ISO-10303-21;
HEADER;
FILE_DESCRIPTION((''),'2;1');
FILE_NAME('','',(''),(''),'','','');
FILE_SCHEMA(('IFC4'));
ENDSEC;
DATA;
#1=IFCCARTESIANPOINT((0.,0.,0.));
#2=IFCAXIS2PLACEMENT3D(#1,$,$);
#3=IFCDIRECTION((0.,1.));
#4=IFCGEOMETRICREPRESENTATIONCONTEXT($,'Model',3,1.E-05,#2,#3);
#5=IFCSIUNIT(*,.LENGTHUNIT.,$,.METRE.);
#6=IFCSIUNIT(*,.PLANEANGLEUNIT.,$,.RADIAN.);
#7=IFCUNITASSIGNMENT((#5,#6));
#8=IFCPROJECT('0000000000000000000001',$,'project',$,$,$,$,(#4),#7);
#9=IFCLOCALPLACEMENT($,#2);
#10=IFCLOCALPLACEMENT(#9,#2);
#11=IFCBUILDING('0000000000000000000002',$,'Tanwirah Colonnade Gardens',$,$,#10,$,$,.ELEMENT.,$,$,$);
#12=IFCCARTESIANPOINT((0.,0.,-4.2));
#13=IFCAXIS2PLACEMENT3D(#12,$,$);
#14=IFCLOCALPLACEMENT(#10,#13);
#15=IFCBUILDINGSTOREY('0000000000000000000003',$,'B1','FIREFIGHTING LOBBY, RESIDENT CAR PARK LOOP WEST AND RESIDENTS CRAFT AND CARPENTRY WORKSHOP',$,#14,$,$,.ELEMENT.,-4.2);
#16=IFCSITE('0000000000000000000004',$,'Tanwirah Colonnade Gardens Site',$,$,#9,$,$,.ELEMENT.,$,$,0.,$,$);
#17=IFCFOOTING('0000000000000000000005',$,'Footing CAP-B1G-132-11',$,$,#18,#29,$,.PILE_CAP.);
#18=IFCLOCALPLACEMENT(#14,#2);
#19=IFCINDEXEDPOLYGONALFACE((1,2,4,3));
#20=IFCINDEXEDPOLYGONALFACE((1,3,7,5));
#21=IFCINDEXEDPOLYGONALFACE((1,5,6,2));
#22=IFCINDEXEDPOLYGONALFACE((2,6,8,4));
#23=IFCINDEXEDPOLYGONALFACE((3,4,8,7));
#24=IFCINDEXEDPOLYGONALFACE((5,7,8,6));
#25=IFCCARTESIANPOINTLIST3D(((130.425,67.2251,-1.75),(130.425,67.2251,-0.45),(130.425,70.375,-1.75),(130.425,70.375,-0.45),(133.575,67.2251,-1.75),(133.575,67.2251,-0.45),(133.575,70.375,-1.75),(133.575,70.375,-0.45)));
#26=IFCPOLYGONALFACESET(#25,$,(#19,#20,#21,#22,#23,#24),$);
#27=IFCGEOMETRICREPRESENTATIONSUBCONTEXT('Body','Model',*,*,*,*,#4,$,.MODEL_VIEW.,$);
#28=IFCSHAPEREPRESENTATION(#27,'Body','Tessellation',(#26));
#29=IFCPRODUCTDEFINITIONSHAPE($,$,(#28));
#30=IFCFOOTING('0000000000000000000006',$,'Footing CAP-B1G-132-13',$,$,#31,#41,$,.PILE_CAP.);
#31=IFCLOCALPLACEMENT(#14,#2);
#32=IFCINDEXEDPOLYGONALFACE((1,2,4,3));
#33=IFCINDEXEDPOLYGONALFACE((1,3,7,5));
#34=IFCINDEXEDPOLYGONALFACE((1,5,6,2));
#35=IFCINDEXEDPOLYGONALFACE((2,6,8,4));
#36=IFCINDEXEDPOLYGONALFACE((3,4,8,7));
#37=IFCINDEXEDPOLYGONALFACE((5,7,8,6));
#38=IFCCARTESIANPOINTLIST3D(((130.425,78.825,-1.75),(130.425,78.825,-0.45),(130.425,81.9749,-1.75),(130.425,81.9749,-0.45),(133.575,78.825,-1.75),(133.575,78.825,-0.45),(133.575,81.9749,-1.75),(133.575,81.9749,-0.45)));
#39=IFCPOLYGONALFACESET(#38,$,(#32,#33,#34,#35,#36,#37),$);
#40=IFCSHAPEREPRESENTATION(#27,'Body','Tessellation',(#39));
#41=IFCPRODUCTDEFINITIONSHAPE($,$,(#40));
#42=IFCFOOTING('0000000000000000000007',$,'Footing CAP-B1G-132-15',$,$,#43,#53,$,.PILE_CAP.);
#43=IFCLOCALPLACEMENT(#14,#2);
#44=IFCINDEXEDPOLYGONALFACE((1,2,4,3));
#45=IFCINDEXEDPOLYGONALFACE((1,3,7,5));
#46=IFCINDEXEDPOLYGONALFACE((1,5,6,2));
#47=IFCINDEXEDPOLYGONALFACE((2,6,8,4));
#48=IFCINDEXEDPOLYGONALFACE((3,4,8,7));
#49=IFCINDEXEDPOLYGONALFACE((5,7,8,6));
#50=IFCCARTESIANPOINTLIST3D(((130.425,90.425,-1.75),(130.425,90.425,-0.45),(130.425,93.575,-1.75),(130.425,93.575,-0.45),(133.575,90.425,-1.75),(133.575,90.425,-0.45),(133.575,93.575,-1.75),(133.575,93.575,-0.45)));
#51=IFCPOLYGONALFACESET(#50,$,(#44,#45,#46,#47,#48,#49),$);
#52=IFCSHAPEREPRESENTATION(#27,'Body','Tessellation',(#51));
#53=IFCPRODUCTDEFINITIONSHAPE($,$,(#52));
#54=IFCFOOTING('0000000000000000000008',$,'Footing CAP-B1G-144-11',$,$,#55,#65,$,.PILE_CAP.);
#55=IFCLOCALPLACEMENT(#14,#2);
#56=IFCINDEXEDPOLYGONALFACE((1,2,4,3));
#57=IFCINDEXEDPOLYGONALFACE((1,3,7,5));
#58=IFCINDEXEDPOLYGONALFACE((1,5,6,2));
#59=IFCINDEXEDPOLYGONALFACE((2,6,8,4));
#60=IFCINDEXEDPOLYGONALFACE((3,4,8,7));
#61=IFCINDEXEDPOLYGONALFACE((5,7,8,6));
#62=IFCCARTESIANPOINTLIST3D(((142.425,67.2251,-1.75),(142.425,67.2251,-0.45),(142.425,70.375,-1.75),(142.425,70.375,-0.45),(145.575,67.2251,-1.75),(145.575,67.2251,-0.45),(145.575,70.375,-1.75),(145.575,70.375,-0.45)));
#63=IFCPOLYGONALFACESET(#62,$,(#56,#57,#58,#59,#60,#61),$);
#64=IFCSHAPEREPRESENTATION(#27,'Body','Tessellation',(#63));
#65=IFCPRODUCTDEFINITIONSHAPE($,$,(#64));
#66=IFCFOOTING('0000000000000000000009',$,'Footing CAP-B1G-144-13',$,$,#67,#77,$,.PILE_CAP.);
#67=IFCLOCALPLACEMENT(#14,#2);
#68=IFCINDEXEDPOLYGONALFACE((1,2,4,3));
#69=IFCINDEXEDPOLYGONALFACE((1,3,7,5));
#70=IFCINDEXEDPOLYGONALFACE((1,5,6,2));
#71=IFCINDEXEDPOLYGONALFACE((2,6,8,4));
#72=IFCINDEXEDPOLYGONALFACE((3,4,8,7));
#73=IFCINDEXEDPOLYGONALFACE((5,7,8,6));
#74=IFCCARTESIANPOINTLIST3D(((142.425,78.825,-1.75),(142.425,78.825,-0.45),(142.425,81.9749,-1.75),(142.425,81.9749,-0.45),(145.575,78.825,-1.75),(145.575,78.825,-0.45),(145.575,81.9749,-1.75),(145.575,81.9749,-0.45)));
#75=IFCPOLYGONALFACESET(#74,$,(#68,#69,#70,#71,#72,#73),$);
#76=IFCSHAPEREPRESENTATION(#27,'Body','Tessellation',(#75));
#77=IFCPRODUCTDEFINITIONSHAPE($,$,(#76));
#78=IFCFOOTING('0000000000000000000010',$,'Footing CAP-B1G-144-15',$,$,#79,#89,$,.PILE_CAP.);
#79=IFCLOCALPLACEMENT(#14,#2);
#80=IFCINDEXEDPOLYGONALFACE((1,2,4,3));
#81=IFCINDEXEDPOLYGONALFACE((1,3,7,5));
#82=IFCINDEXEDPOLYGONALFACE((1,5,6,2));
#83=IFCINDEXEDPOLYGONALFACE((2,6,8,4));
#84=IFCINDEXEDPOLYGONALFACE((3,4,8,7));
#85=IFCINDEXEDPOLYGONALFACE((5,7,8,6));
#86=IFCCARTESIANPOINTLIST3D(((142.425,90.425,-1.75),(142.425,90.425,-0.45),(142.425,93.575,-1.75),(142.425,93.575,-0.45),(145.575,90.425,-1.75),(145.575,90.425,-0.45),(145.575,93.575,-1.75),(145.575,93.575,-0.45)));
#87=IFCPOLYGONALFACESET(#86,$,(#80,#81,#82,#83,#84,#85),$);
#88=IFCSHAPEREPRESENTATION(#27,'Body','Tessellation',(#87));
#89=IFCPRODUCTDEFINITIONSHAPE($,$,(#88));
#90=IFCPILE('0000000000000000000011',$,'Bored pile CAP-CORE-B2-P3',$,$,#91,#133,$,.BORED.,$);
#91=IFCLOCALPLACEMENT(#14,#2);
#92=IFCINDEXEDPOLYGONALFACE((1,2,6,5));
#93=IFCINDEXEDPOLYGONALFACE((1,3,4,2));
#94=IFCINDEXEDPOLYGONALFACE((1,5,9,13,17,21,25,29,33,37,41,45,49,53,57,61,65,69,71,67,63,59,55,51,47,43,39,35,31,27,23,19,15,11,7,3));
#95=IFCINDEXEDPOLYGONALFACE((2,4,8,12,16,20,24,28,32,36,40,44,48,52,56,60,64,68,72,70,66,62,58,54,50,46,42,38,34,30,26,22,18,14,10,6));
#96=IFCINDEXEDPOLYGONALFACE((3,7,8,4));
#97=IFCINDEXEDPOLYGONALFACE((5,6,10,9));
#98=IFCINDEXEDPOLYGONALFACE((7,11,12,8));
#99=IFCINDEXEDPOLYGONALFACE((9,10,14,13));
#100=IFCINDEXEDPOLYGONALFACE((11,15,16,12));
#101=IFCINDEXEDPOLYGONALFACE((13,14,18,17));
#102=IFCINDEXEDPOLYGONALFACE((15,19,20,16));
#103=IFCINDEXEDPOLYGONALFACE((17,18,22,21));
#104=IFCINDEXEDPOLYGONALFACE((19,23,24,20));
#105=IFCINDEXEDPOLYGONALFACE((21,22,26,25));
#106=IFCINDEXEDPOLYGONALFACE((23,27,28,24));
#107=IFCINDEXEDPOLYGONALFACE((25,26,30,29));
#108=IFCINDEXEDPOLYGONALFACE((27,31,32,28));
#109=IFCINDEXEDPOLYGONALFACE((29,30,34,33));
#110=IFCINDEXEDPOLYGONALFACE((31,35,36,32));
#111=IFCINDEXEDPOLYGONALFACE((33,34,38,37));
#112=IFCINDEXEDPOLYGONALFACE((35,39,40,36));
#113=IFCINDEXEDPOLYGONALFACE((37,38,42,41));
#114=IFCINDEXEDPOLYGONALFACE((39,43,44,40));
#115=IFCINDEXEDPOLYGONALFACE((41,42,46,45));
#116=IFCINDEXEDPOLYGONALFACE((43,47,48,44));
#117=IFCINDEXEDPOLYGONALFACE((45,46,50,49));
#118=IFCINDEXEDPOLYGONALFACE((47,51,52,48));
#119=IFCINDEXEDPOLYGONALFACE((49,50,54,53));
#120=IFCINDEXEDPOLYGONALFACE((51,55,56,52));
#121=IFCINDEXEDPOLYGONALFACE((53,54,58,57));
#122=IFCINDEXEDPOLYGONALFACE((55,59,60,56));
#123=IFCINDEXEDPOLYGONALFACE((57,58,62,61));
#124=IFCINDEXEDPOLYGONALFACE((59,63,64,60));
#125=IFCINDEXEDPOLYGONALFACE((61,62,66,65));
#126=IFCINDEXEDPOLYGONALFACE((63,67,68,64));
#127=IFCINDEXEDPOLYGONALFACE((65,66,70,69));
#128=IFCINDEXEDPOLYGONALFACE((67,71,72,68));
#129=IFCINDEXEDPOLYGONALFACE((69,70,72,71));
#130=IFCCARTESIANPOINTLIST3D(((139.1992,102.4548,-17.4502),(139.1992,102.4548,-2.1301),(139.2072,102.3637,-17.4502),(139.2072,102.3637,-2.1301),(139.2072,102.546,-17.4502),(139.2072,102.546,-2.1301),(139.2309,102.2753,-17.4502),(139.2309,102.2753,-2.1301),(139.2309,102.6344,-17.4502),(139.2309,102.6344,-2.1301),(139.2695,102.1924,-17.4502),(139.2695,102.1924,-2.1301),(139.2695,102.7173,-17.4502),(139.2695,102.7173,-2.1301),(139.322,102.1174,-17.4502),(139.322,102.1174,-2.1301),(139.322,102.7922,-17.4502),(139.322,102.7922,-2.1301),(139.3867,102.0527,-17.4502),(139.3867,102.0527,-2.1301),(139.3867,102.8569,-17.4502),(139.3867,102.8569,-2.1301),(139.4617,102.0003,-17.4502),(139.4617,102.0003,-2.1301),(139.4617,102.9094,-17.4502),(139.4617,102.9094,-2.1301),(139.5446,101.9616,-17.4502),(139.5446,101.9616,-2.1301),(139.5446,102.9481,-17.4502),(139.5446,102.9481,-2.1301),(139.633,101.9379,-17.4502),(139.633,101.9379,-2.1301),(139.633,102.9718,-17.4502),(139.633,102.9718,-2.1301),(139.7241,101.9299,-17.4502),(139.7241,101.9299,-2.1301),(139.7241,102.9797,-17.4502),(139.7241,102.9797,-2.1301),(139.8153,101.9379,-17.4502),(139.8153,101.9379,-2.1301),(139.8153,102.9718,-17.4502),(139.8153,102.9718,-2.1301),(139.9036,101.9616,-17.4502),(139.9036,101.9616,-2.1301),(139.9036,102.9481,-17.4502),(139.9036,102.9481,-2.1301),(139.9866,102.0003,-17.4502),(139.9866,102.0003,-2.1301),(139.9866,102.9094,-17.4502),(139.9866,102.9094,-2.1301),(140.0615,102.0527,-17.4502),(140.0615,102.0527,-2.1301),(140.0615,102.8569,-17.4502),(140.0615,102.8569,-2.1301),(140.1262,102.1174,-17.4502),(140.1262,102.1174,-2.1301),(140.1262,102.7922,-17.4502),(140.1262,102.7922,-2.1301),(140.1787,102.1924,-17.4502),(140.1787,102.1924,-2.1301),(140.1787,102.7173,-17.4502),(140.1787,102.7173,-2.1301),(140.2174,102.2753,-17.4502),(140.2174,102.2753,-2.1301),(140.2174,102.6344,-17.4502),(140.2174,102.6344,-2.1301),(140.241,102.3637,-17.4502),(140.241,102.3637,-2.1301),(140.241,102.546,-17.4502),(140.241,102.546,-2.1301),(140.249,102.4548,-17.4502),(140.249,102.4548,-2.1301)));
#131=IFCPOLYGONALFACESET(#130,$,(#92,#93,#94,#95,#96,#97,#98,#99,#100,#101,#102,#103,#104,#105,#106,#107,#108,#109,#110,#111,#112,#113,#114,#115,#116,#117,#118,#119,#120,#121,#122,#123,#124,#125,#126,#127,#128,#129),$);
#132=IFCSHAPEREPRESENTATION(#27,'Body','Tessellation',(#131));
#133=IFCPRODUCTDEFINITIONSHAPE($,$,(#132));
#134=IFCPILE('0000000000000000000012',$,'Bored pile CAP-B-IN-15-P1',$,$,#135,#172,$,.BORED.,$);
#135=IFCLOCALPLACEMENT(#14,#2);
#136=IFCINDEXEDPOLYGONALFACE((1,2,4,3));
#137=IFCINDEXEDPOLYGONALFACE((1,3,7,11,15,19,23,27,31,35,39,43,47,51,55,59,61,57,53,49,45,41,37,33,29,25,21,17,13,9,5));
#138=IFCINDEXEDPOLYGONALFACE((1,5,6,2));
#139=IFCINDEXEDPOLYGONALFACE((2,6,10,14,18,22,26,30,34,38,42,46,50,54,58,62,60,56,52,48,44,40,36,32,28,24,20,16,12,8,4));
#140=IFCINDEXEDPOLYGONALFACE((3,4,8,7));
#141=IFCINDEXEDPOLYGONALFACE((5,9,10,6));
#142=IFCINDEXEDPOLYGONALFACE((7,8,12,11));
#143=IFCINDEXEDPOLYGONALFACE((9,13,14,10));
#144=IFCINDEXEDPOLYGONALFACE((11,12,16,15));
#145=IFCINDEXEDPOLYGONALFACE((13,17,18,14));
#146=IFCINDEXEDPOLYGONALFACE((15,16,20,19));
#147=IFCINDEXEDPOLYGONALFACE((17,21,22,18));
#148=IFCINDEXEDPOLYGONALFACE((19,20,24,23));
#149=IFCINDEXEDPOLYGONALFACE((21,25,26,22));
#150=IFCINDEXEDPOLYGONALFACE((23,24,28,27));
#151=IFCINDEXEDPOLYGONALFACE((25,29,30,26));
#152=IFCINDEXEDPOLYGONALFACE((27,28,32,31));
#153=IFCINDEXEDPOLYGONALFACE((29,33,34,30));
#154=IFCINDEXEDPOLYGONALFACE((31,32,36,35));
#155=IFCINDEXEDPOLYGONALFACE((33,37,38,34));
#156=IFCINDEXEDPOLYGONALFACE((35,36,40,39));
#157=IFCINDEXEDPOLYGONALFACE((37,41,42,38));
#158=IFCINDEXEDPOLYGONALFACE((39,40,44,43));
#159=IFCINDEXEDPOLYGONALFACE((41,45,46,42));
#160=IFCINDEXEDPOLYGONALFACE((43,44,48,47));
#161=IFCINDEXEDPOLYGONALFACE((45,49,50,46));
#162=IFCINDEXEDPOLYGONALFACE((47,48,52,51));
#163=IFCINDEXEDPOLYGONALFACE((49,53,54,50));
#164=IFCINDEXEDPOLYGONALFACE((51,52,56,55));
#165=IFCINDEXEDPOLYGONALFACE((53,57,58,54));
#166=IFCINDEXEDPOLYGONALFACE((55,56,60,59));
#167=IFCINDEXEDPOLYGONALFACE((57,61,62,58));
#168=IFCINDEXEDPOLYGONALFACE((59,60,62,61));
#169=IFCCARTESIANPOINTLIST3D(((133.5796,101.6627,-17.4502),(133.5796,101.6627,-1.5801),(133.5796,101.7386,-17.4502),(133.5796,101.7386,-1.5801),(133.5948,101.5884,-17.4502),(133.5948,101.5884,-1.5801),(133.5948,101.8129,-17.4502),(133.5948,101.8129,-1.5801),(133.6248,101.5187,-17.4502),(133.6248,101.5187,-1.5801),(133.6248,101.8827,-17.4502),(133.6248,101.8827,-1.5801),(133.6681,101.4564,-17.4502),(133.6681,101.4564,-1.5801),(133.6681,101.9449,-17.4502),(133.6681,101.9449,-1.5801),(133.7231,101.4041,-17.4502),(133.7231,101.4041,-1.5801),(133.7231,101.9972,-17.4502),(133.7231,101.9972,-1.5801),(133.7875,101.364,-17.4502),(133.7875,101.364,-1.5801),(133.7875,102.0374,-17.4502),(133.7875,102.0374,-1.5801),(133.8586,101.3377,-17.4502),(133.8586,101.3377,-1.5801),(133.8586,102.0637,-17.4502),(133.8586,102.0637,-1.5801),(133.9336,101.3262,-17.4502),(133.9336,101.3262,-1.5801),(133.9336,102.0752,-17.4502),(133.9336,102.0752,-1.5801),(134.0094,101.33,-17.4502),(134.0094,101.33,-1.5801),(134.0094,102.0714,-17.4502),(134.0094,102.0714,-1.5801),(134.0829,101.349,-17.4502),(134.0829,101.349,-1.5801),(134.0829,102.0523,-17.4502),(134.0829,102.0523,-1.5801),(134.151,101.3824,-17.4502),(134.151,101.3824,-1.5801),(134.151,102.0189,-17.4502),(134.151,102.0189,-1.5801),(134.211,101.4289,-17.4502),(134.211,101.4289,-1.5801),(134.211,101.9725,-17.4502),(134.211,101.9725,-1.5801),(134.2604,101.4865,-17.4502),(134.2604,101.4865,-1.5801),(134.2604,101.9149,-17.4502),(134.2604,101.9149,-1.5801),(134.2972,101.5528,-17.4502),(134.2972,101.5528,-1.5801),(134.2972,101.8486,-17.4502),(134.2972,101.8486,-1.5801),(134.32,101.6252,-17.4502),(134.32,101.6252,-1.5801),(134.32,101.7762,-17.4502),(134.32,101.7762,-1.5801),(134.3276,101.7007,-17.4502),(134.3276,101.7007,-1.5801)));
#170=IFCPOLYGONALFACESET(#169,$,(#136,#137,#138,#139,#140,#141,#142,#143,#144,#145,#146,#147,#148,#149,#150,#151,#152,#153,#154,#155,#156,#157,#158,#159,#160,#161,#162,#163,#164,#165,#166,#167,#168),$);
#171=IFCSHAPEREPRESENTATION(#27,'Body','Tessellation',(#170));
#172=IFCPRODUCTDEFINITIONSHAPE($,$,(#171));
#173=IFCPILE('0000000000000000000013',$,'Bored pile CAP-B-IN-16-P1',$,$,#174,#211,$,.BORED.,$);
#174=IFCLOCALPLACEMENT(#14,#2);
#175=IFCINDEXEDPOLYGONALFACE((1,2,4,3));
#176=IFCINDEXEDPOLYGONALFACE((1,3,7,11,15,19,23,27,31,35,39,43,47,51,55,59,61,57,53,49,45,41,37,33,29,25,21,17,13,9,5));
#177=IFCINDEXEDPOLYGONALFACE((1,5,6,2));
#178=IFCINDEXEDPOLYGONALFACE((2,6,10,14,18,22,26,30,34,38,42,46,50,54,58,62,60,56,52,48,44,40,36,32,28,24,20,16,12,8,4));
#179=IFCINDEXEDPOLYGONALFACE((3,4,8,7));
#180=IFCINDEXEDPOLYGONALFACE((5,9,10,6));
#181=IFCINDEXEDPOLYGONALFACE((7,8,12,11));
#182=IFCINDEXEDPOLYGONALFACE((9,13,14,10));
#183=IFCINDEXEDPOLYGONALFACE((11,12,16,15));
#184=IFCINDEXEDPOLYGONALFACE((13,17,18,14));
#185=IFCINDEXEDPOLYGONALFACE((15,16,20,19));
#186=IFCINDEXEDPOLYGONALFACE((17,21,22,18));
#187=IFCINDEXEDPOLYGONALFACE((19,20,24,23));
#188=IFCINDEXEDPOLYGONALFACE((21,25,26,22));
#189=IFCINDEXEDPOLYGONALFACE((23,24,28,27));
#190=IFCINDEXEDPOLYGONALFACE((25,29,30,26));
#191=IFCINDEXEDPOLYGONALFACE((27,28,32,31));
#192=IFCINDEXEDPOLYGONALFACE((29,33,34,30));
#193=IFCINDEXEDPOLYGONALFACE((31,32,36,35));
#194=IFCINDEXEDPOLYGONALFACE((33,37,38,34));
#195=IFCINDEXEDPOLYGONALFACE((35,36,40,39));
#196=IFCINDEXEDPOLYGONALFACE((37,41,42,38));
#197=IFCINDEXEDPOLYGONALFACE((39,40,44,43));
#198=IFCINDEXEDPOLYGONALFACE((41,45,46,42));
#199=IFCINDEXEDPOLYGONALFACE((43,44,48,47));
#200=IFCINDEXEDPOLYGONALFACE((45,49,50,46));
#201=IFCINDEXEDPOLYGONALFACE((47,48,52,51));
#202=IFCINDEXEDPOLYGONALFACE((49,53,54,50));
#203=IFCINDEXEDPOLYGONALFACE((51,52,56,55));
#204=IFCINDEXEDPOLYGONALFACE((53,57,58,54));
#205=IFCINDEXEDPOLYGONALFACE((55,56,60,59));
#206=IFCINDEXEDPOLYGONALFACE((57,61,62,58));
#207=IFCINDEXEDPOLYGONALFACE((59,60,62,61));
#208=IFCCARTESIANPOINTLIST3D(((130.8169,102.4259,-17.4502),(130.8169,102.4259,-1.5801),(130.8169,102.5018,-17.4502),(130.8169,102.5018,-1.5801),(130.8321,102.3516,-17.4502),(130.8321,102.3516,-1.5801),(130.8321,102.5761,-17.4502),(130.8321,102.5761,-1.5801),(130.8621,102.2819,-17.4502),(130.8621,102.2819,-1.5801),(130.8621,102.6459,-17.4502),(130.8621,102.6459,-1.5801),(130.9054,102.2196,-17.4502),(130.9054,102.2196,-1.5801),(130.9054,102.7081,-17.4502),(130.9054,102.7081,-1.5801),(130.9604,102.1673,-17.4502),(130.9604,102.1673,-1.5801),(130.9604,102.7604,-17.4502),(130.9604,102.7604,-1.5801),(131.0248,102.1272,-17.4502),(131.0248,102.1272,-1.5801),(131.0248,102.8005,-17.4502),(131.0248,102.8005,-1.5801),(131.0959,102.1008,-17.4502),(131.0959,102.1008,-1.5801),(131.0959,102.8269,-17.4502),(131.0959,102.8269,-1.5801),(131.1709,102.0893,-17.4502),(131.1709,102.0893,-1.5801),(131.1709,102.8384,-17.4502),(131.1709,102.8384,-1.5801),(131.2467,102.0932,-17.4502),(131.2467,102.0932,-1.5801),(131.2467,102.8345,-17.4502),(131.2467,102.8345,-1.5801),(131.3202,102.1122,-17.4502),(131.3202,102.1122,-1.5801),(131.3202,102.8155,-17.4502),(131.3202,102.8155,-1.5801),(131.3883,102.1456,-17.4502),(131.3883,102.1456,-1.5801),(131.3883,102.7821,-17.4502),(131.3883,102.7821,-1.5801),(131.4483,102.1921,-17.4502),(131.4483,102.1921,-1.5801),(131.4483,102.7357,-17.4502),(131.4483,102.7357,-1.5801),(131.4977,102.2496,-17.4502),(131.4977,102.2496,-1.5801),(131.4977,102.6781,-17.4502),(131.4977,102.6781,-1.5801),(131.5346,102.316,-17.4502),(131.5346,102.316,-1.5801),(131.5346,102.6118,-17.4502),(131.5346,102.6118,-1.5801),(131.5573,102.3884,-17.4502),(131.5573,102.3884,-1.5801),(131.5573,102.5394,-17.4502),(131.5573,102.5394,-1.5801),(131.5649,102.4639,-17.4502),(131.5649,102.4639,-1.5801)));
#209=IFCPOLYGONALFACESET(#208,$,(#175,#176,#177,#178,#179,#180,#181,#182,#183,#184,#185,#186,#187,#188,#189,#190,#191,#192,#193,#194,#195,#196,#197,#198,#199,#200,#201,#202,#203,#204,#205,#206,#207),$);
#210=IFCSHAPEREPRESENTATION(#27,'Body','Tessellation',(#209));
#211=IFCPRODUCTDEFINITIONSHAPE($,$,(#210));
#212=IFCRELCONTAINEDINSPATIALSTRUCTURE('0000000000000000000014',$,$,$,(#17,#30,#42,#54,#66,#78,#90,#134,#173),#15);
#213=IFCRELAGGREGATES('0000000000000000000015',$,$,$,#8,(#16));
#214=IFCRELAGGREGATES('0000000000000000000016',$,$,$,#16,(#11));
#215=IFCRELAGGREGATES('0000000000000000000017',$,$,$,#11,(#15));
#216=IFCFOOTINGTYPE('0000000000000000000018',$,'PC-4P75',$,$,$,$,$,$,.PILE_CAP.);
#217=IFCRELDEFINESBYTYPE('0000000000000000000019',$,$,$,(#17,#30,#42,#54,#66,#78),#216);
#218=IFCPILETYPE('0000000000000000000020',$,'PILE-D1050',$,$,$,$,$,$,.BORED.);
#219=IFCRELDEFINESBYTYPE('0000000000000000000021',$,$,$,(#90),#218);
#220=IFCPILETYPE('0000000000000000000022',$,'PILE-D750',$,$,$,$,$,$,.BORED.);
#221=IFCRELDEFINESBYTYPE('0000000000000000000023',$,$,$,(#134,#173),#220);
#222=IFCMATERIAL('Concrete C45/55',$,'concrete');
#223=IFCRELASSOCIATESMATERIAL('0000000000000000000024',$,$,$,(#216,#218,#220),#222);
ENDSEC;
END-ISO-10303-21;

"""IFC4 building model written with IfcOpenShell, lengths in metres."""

from ifc_helpers import new_model, si_unit, direction, frame, origin, origin_2d, place, context, subcontext, project, spatial, rectangle, circle, extrude, material, material_profile, profile_set, type_object, element, save


model = new_model("IFC4")

# Units and contexts
model_context = context("Model", 3, precision=1e-05, world=origin(), true_north=direction((0.0, 1.0)))
body_context = subcontext(model_context, "Body", "Model", "MODEL_VIEW")
ifc_project = project(units=[si_unit("LENGTHUNIT", "METRE"), si_unit("PLANEANGLEUNIT", "RADIAN")], contexts=[model_context])

# Site, building, storey
site_placement = place(None, origin())
site = spatial("IfcSite", under=ifc_project, at=site_placement, Name="Tanwirah Colonnade Gardens Site", CompositionType="ELEMENT", RefElevation=0.0)
building_placement = place(site_placement, origin())
building = spatial("IfcBuilding", under=site, at=building_placement, Name="Tanwirah Colonnade Gardens", CompositionType="ELEMENT")
storey_placement = place(building_placement, frame((0.0, 0.0, -4.2)))
storey = spatial("IfcBuildingStorey", under=building, at=storey_placement, Name="B1", Description="FIREFIGHTING LOBBY, RESIDENT CAR PARK LOOP WEST AND RESIDENTS CRAFT AND CARPENTRY WORKSHOP", CompositionType="ELEMENT", Elevation=-4.2)

# Footings
ifc_material_1 = material(Name="Concrete C45/55", Category="concrete")
footing_type = type_object("IfcFootingType", Name="PC-4P75", PredefinedType="PILE_CAP", material=ifc_material_1)
for number, where, z_axis, x_axis, name in (
    (1, (132.0, 68.8, -1.75), (0.0, 0.0, 1.0), (1.0, 0.0, 0.0), "Footing CAP-B1G-132-11"),
    (2, (132.0, 80.3999, -1.75), (0.0, 0.0, 1.0), (1.0, 0.0, 0.0), "Footing CAP-B1G-132-13"),
    (3, (132.0, 92.0, -1.75), (0.0, 0.0, 1.0), (1.0, 0.0, 0.0), "Footing CAP-B1G-132-15"),
    (4, (144.0, 68.8, -1.75), (0.0, 0.0, 1.0), (1.0, 0.0, 0.0), "Footing CAP-B1G-144-11"),
    (5, (144.0, 80.3999, -1.75), (0.0, 0.0, 1.0), (1.0, 0.0, 0.0), "Footing CAP-B1G-144-13"),
    (6, (144.0, 92.0, -1.75), (0.0, 0.0, 1.0), (1.0, 0.0, 0.0), "Footing CAP-B1G-144-15"),
):
    element("IfcFooting", number, at=place(storey_placement, frame(where, z_axis=z_axis, x_axis=x_axis)), inside=storey, type_object=footing_type, Name=name, PredefinedType="PILE_CAP", context=body_context, shape_type="SweptSolid", body=[
        extrude(rectangle(XDim=3.1499, YDim=3.1499, at=origin_2d()), origin(), (0.0, 0.0, 1.0), 1.3),
    ])

# Piles
ifc_material_profile_1 = material_profile(ifc_material_1, circle(Radius=0.5249, at=origin_2d()), Name="PILE D1050")
ifc_profile_set_1 = profile_set([ifc_material_profile_1], Name="Concrete C45/55")
pile_type_1 = type_object("IfcPileType", Name="PILE-D1050", PredefinedType="BORED", material=ifc_profile_set_1)
pile_placement = place(storey_placement, frame((139.7241, 102.4548, -2.1301), z_axis=(0.0, 0.0, -1.0), x_axis=(1.0, 0.0, 0.0)))
element("IfcPile", 7, at=pile_placement, inside=storey, type_object=pile_type_1, Name="Bored pile CAP-CORE-B2-P3", PredefinedType="BORED", context=body_context, shape_type="SweptSolid", body=[
    extrude(circle(Radius=0.5249, at=origin_2d()), origin(), (0.0, 0.0, 1.0), 15.3201),
])
ifc_material_profile_2 = material_profile(ifc_material_1, circle(Radius=0.375, at=origin_2d()), Name="PILE D750")
ifc_profile_set_2 = profile_set([ifc_material_profile_2], Name="Concrete C45/55")
pile_type_2 = type_object("IfcPileType", Name="PILE-D750", PredefinedType="BORED", material=ifc_profile_set_2)
for number, where, z_axis, x_axis, name in (
    (8, (133.9526, 101.7007, -1.5801), (0.0, 0.0, -1.0), (1.0, 0.0, 0.0), "Bored pile CAP-B-IN-15-P1"),
    (9, (131.1899, 102.4639, -1.5801), (0.0, 0.0, -1.0), (1.0, 0.0, 0.0), "Bored pile CAP-B-IN-16-P1"),
):
    element("IfcPile", number, at=place(storey_placement, frame(where, z_axis=z_axis, x_axis=x_axis)), inside=storey, type_object=pile_type_2, Name=name, PredefinedType="BORED", context=body_context, shape_type="SweptSolid", body=[
        extrude(circle(Radius=0.375, at=origin_2d()), origin(), (0.0, 0.0, 1.0), 15.8701),
    ])

save(model, "model.ifc")
